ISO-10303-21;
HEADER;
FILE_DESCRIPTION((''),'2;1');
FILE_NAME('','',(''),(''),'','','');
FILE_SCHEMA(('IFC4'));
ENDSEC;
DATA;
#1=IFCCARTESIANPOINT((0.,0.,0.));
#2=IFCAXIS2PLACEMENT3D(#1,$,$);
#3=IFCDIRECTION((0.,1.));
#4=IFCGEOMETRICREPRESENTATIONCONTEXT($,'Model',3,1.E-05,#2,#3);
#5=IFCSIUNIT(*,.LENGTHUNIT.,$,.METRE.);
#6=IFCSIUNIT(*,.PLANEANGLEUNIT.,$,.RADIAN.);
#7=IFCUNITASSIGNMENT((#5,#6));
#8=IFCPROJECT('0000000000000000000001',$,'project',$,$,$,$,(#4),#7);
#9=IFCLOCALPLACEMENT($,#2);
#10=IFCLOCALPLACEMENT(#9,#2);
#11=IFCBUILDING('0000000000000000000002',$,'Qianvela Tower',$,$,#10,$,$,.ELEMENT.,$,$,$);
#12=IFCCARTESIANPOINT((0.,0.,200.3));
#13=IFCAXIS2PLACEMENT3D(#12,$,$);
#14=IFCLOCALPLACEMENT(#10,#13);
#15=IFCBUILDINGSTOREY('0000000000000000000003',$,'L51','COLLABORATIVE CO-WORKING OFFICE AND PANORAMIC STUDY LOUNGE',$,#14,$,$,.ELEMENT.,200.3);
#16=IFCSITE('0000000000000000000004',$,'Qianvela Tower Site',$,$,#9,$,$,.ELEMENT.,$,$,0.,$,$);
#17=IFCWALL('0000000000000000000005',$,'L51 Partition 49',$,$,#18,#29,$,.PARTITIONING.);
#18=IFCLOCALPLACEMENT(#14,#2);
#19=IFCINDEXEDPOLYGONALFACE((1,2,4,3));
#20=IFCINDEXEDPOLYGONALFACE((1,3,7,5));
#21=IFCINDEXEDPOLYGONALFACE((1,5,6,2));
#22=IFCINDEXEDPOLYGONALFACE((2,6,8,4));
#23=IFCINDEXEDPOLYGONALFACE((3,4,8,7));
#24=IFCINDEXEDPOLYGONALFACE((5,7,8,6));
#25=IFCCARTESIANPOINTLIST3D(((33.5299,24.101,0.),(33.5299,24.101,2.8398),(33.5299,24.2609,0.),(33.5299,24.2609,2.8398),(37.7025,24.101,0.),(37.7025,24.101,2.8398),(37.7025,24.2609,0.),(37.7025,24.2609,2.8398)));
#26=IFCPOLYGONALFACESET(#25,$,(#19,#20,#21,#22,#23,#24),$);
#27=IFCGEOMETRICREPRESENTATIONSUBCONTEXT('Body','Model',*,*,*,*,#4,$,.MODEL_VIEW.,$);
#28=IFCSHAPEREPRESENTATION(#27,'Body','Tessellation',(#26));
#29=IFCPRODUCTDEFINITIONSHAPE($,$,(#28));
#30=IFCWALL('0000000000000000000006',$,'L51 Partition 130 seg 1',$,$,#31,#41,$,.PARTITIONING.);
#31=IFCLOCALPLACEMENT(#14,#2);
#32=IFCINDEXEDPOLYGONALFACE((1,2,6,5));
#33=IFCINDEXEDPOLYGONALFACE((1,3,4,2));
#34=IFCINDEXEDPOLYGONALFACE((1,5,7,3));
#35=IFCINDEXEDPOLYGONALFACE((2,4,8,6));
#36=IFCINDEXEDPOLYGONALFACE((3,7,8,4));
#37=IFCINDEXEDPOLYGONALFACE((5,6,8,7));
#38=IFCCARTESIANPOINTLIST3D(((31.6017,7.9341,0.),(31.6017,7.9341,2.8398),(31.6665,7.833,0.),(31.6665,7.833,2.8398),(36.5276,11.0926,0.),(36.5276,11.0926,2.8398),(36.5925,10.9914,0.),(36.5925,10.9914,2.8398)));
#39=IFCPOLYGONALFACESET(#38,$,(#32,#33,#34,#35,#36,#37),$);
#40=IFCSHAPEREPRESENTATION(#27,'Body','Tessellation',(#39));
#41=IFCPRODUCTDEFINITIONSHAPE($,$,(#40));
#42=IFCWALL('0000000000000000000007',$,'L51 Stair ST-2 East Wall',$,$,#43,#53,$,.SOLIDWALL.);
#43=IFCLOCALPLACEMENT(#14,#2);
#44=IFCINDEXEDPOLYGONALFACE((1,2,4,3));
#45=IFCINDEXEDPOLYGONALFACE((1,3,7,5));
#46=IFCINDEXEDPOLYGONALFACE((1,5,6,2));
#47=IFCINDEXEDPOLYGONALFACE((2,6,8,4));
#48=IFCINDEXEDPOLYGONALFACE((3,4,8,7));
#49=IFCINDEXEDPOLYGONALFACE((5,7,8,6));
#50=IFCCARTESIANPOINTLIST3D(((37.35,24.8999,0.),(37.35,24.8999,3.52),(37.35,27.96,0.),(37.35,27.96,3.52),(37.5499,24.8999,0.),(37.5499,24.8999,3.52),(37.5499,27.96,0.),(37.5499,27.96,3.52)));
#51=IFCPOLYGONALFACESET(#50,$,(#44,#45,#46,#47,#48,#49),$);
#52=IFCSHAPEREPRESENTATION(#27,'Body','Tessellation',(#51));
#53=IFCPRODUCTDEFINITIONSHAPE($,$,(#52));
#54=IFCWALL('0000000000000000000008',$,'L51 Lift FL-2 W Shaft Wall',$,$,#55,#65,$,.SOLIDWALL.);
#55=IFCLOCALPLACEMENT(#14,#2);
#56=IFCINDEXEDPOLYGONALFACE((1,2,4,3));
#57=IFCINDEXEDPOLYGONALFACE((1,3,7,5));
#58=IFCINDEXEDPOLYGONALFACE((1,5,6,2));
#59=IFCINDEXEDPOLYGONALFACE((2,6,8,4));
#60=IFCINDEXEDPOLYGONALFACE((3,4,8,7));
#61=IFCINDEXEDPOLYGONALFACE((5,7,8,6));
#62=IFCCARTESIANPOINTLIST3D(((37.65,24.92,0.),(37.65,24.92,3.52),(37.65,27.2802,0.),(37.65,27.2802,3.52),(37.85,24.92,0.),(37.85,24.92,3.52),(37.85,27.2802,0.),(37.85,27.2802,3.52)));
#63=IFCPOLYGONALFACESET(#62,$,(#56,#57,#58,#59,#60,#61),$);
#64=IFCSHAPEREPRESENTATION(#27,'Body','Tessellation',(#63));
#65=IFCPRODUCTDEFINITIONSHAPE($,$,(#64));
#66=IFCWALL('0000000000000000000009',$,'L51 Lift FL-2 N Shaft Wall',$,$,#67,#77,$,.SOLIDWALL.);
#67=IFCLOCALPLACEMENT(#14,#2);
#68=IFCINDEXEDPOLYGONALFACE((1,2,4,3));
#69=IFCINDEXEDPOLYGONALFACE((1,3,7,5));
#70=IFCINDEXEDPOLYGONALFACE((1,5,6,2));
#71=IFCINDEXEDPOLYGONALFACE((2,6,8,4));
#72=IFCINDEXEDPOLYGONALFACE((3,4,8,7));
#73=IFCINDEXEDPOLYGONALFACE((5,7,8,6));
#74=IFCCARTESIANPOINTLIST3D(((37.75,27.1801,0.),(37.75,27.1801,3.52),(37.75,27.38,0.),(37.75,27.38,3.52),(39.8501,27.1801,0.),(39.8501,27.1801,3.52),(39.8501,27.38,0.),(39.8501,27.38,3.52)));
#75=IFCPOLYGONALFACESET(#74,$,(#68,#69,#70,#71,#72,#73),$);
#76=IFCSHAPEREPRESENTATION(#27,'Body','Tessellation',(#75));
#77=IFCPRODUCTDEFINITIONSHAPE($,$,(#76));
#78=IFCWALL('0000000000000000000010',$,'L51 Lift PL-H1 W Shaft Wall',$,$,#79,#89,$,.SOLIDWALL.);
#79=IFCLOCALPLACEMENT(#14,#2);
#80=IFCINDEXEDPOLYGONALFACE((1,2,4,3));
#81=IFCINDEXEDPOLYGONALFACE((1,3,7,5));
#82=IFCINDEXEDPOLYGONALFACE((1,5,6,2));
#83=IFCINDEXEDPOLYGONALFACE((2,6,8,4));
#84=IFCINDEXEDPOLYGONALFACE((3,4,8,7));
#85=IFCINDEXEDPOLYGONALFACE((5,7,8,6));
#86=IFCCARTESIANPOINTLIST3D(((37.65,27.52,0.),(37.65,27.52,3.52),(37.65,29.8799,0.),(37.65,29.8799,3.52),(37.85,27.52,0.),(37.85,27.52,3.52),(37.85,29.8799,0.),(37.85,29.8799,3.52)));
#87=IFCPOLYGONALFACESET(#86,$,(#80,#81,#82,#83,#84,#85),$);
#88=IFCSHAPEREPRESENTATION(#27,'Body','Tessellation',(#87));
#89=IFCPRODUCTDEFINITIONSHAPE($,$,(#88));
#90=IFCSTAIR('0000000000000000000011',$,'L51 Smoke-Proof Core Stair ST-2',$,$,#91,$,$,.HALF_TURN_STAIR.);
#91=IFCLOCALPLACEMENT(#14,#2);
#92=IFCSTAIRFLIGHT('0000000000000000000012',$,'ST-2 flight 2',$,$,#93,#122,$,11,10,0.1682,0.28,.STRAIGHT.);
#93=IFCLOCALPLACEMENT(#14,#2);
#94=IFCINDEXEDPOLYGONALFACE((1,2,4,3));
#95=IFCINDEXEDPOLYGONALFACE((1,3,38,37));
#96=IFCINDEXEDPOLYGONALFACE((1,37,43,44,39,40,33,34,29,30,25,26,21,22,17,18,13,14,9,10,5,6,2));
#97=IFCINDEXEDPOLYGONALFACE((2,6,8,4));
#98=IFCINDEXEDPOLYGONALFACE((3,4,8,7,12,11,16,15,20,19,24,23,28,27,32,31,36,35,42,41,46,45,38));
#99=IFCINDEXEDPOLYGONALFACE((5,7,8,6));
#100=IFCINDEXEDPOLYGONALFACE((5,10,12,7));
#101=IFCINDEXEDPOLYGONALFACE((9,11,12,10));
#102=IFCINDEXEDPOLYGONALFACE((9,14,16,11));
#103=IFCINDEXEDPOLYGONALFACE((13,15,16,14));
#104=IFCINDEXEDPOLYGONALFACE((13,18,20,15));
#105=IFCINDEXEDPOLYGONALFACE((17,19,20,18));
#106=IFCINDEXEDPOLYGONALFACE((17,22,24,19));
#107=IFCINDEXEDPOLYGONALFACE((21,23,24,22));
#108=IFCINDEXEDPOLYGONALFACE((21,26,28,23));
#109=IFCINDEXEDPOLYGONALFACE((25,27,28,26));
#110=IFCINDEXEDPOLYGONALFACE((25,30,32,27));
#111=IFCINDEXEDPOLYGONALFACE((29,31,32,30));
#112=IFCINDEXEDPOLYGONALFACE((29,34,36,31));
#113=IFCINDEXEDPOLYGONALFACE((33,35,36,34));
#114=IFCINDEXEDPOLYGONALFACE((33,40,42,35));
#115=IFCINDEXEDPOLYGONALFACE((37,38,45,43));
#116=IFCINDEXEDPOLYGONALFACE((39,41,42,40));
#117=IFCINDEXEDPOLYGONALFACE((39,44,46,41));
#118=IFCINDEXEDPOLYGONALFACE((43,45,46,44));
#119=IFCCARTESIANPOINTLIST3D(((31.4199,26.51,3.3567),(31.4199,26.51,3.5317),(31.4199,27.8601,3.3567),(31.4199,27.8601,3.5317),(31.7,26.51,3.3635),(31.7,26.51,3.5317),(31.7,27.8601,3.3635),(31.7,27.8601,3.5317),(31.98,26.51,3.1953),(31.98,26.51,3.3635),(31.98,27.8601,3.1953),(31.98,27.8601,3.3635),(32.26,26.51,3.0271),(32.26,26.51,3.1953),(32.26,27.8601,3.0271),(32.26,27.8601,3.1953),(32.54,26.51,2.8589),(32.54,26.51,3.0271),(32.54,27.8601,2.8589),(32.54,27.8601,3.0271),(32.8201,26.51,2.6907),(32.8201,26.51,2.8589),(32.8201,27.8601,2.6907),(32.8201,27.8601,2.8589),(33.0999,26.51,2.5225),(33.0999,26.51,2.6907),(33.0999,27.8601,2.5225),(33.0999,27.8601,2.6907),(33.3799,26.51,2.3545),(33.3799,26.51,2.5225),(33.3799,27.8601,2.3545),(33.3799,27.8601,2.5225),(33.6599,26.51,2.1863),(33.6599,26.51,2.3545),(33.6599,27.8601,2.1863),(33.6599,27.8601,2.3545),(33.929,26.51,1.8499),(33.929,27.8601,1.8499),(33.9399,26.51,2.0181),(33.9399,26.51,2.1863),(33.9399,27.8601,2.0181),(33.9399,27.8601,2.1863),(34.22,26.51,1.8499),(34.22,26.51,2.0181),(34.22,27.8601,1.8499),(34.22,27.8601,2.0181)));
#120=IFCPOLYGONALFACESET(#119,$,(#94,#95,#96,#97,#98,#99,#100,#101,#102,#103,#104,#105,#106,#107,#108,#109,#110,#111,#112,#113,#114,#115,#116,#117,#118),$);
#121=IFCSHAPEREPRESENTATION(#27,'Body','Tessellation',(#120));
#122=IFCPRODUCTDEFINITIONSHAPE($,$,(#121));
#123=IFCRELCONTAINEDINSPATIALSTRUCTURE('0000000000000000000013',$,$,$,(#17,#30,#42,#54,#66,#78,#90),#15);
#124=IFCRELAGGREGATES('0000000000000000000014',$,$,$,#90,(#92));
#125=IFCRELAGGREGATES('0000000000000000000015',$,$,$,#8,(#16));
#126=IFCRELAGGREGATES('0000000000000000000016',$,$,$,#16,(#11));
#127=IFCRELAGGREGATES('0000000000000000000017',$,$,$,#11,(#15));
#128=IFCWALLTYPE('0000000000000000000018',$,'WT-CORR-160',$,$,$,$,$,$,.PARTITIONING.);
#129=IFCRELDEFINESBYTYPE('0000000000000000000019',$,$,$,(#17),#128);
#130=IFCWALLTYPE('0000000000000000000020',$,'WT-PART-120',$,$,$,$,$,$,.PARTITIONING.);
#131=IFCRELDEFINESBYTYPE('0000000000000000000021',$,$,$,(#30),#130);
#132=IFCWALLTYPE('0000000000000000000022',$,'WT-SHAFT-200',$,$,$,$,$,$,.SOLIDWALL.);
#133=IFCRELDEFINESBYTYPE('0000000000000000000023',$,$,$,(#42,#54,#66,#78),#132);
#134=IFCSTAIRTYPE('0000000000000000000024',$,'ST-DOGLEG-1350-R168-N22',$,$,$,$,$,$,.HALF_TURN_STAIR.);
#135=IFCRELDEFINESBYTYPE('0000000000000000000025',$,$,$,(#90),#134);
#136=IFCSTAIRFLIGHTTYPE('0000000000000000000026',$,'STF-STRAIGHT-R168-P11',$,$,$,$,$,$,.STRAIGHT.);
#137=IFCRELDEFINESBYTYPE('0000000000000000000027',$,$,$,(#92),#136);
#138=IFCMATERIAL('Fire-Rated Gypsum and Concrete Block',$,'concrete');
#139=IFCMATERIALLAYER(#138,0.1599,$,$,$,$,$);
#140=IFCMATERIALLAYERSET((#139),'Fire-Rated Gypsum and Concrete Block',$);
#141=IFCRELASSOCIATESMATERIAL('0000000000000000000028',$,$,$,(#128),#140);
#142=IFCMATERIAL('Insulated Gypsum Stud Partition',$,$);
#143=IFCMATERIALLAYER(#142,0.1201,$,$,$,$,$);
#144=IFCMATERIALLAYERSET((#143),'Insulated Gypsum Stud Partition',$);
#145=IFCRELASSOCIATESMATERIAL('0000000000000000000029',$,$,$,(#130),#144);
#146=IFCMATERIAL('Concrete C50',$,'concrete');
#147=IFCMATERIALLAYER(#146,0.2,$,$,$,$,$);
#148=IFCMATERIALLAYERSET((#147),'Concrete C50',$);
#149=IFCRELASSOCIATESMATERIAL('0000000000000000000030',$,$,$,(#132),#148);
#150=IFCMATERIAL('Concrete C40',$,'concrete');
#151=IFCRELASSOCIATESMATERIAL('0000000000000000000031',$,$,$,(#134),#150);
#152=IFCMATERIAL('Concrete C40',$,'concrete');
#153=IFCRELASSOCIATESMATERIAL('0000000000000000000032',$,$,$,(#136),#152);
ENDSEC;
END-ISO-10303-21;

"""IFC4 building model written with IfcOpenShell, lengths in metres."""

from ifc_helpers import new_model, si_unit, direction, frame, frame_2d, origin, place, context, subcontext, project, spatial, polyline, rectangle, outline, extrude, material, layer, layer_set, type_object, element, aggregate, save


model = new_model("IFC4")

# Units and contexts
model_context = context("Model", 3, precision=1e-05, world=origin(), true_north=direction((0.0, 1.0)))
body_context = subcontext(model_context, "Body", "Model", "MODEL_VIEW")
ifc_project = project(units=[si_unit("LENGTHUNIT", "METRE"), si_unit("PLANEANGLEUNIT", "RADIAN")], contexts=[model_context])

# Site, building, storey
site_placement = place(None, origin())
site = spatial("IfcSite", under=ifc_project, at=site_placement, Name="Qianvela Tower Site", CompositionType="ELEMENT", RefElevation=0.0)
building_placement = place(site_placement, origin())
building = spatial("IfcBuilding", under=site, at=building_placement, Name="Qianvela Tower", CompositionType="ELEMENT")
storey_placement = place(building_placement, frame((0.0, 0.0, 200.3)))
storey = spatial("IfcBuildingStorey", under=building, at=storey_placement, Name="L51", Description="COLLABORATIVE CO-WORKING OFFICE AND PANORAMIC STUDY LOUNGE", CompositionType="ELEMENT", Elevation=200.3)

# Shared definitions
ifc_material_1 = material(Name="Fire-Rated Gypsum and Concrete Block", Category="concrete")
ifc_layer_1 = layer(ifc_material_1, 0.1599)
ifc_layer_set_1 = layer_set([ifc_layer_1], Name="Fire-Rated Gypsum and Concrete Block")
wall_type_1 = type_object("IfcWallType", Name="WT-CORR-160", PredefinedType="PARTITIONING", material=ifc_layer_set_1)

# Walls
wall_1_placement = place(storey_placement, frame((37.7026, 24.1809, 0.0), z_axis=(0.0, 0.0, 1.0), x_axis=(-1.0, 0.0, 0.0)))
element("IfcWall", 1, at=wall_1_placement, inside=storey, type_object=wall_type_1, Name="L51 Partition 49", PredefinedType="PARTITIONING", context=body_context, shape_type="SweptSolid", body=[
    extrude(rectangle(XDim=4.1726, YDim=0.1599, at=frame_2d((2.0864, 0.0))), origin(), (0.0, 0.0, 1.0), 2.8398),
])
ifc_material_2 = material(Name="Insulated Gypsum Stud Partition")
ifc_layer_2 = layer(ifc_material_2, 0.1201)
ifc_layer_set_2 = layer_set([ifc_layer_2], Name="Insulated Gypsum Stud Partition")
wall_type_2 = type_object("IfcWallType", Name="WT-PART-120", PredefinedType="PARTITIONING", material=ifc_layer_set_2)
wall_2_placement = place(storey_placement, frame((36.5601, 11.042, 0.0), z_axis=(0.0, 0.0, 1.0), x_axis=(-0.841822, -0.539756, 0.0)))
element("IfcWall", 2, at=wall_2_placement, inside=storey, type_object=wall_type_2, Name="L51 Partition 130 seg 1", PredefinedType="PARTITIONING", context=body_context, shape_type="SweptSolid", body=[
    extrude(rectangle(XDim=5.8516, YDim=0.1201, at=frame_2d((2.9258, 0.0))), origin(), (0.0, 0.0, 1.0), 2.8398),
])
ifc_material_3 = material(Name="Concrete C50", Category="concrete")
ifc_layer_3 = layer(ifc_material_3, 0.2)
ifc_layer_set_3 = layer_set([ifc_layer_3], Name="Concrete C50")
wall_type_3 = type_object("IfcWallType", Name="WT-SHAFT-200", PredefinedType="SOLIDWALL", material=ifc_layer_set_3)
wall_3_placement = place(storey_placement, frame((37.45, 24.8999, 0.0), z_axis=(0.0, 0.0, 1.0), x_axis=(0.0, 1.0, 0.0)))
element("IfcWall", 3, at=wall_3_placement, inside=storey, type_object=wall_type_3, Name="L51 Stair ST-2 East Wall", PredefinedType="SOLIDWALL", context=body_context, shape_type="SweptSolid", body=[
    extrude(rectangle(XDim=3.0601, YDim=0.2, at=frame_2d((1.53, 0.0))), origin(), (0.0, 0.0, 1.0), 3.52),
])
wall_4_placement = place(storey_placement, frame((37.75, 24.9199, 0.0), z_axis=(0.0, 0.0, 1.0), x_axis=(0.0, 1.0, 0.0)))
element("IfcWall", 4, at=wall_4_placement, inside=storey, type_object=wall_type_3, Name="L51 Lift FL-2 W Shaft Wall", PredefinedType="SOLIDWALL", context=body_context, shape_type="SweptSolid", body=[
    extrude(rectangle(XDim=2.3601, YDim=0.2, at=frame_2d((1.1802, 0.0))), origin(), (0.0, 0.0, 1.0), 3.52),
])
wall_5_placement = place(storey_placement, frame((37.75, 27.28, 0.0), z_axis=(0.0, 0.0, 1.0), x_axis=(1.0, 0.0, 0.0)))
element("IfcWall", 5, at=wall_5_placement, inside=storey, type_object=wall_type_3, Name="L51 Lift FL-2 N Shaft Wall", PredefinedType="SOLIDWALL", context=body_context, shape_type="SweptSolid", body=[
    extrude(rectangle(XDim=2.1001, YDim=0.2, at=frame_2d((1.05, 0.0))), origin(), (0.0, 0.0, 1.0), 3.52),
])
wall_6_placement = place(storey_placement, frame((37.75, 27.52, 0.0), z_axis=(0.0, 0.0, 1.0), x_axis=(0.0, 1.0, 0.0)))
element("IfcWall", 6, at=wall_6_placement, inside=storey, type_object=wall_type_3, Name="L51 Lift PL-H1 W Shaft Wall", PredefinedType="SOLIDWALL", context=body_context, shape_type="SweptSolid", body=[
    extrude(rectangle(XDim=2.3599, YDim=0.2, at=frame_2d((1.1799, 0.0))), origin(), (0.0, 0.0, 1.0), 3.52),
])

# Stair, stair flight
ifc_material_4 = material(Name="Concrete C40", Category="concrete")
stair_type = type_object("IfcStairType", Name="ST-DOGLEG-1350-R168-N22", PredefinedType="HALF_TURN_STAIR", material=ifc_material_4)
stair_placement = place(storey_placement, origin())
stair = element("IfcStair", 7, at=stair_placement, inside=storey, type_object=stair_type, Name="L51 Smoke-Proof Core Stair ST-2", PredefinedType="HALF_TURN_STAIR")
ifc_material_5 = material(Name="Concrete C40", Category="concrete")
stair_flight_type = type_object("IfcStairFlightType", Name="STF-STRAIGHT-R168-P11", PredefinedType="STRAIGHT", material=ifc_material_5)
stair_flight_placement = place(storey_placement, frame((34.22, 27.1851, 1.8499), z_axis=(0.0, 0.0, 1.0), x_axis=(-1.0, 0.0, 0.0)))
stair_flight = element("IfcStairFlight", 8, at=stair_flight_placement, type_object=stair_flight_type, Name="ST-2 flight 2", NumberOfRisers=11, NumberOfTreads=10, PredefinedType="STRAIGHT", RiserHeight=0.1682, TreadLength=0.28, context=body_context, shape_type="SweptSolid", body=[
    extrude(outline(polyline([(0.0, 0.0), (0.0, 0.1682), (0.28, 0.1682), (0.28, 0.3364), (0.5601, 0.3364), (0.5601, 0.5046), (0.8401, 0.5046), (0.8401, 0.6726), (1.1201, 0.6726), (1.1201, 0.8408), (1.3999, 0.8408), (1.3999, 1.009), (1.6799, 1.009), (1.6799, 1.1772), (1.96, 1.1772), (1.96, 1.3455), (2.24, 1.3455), (2.24, 1.5137), (2.52, 1.5137), (2.52, 1.6819), (2.8, 1.6819), (2.8, 1.8501), (2.8, 1.5068), (0.291, 0.0), (0.0, 0.0)])), frame((0.0, 0.675, 0.0), z_axis=(0.0, -1.0, 0.0), x_axis=(1.0, 0.0, 0.0)), (0.0, 0.0, 1.0), 1.3501),
])
aggregate(stair, [stair_flight])

save(model, "model.ifc")
